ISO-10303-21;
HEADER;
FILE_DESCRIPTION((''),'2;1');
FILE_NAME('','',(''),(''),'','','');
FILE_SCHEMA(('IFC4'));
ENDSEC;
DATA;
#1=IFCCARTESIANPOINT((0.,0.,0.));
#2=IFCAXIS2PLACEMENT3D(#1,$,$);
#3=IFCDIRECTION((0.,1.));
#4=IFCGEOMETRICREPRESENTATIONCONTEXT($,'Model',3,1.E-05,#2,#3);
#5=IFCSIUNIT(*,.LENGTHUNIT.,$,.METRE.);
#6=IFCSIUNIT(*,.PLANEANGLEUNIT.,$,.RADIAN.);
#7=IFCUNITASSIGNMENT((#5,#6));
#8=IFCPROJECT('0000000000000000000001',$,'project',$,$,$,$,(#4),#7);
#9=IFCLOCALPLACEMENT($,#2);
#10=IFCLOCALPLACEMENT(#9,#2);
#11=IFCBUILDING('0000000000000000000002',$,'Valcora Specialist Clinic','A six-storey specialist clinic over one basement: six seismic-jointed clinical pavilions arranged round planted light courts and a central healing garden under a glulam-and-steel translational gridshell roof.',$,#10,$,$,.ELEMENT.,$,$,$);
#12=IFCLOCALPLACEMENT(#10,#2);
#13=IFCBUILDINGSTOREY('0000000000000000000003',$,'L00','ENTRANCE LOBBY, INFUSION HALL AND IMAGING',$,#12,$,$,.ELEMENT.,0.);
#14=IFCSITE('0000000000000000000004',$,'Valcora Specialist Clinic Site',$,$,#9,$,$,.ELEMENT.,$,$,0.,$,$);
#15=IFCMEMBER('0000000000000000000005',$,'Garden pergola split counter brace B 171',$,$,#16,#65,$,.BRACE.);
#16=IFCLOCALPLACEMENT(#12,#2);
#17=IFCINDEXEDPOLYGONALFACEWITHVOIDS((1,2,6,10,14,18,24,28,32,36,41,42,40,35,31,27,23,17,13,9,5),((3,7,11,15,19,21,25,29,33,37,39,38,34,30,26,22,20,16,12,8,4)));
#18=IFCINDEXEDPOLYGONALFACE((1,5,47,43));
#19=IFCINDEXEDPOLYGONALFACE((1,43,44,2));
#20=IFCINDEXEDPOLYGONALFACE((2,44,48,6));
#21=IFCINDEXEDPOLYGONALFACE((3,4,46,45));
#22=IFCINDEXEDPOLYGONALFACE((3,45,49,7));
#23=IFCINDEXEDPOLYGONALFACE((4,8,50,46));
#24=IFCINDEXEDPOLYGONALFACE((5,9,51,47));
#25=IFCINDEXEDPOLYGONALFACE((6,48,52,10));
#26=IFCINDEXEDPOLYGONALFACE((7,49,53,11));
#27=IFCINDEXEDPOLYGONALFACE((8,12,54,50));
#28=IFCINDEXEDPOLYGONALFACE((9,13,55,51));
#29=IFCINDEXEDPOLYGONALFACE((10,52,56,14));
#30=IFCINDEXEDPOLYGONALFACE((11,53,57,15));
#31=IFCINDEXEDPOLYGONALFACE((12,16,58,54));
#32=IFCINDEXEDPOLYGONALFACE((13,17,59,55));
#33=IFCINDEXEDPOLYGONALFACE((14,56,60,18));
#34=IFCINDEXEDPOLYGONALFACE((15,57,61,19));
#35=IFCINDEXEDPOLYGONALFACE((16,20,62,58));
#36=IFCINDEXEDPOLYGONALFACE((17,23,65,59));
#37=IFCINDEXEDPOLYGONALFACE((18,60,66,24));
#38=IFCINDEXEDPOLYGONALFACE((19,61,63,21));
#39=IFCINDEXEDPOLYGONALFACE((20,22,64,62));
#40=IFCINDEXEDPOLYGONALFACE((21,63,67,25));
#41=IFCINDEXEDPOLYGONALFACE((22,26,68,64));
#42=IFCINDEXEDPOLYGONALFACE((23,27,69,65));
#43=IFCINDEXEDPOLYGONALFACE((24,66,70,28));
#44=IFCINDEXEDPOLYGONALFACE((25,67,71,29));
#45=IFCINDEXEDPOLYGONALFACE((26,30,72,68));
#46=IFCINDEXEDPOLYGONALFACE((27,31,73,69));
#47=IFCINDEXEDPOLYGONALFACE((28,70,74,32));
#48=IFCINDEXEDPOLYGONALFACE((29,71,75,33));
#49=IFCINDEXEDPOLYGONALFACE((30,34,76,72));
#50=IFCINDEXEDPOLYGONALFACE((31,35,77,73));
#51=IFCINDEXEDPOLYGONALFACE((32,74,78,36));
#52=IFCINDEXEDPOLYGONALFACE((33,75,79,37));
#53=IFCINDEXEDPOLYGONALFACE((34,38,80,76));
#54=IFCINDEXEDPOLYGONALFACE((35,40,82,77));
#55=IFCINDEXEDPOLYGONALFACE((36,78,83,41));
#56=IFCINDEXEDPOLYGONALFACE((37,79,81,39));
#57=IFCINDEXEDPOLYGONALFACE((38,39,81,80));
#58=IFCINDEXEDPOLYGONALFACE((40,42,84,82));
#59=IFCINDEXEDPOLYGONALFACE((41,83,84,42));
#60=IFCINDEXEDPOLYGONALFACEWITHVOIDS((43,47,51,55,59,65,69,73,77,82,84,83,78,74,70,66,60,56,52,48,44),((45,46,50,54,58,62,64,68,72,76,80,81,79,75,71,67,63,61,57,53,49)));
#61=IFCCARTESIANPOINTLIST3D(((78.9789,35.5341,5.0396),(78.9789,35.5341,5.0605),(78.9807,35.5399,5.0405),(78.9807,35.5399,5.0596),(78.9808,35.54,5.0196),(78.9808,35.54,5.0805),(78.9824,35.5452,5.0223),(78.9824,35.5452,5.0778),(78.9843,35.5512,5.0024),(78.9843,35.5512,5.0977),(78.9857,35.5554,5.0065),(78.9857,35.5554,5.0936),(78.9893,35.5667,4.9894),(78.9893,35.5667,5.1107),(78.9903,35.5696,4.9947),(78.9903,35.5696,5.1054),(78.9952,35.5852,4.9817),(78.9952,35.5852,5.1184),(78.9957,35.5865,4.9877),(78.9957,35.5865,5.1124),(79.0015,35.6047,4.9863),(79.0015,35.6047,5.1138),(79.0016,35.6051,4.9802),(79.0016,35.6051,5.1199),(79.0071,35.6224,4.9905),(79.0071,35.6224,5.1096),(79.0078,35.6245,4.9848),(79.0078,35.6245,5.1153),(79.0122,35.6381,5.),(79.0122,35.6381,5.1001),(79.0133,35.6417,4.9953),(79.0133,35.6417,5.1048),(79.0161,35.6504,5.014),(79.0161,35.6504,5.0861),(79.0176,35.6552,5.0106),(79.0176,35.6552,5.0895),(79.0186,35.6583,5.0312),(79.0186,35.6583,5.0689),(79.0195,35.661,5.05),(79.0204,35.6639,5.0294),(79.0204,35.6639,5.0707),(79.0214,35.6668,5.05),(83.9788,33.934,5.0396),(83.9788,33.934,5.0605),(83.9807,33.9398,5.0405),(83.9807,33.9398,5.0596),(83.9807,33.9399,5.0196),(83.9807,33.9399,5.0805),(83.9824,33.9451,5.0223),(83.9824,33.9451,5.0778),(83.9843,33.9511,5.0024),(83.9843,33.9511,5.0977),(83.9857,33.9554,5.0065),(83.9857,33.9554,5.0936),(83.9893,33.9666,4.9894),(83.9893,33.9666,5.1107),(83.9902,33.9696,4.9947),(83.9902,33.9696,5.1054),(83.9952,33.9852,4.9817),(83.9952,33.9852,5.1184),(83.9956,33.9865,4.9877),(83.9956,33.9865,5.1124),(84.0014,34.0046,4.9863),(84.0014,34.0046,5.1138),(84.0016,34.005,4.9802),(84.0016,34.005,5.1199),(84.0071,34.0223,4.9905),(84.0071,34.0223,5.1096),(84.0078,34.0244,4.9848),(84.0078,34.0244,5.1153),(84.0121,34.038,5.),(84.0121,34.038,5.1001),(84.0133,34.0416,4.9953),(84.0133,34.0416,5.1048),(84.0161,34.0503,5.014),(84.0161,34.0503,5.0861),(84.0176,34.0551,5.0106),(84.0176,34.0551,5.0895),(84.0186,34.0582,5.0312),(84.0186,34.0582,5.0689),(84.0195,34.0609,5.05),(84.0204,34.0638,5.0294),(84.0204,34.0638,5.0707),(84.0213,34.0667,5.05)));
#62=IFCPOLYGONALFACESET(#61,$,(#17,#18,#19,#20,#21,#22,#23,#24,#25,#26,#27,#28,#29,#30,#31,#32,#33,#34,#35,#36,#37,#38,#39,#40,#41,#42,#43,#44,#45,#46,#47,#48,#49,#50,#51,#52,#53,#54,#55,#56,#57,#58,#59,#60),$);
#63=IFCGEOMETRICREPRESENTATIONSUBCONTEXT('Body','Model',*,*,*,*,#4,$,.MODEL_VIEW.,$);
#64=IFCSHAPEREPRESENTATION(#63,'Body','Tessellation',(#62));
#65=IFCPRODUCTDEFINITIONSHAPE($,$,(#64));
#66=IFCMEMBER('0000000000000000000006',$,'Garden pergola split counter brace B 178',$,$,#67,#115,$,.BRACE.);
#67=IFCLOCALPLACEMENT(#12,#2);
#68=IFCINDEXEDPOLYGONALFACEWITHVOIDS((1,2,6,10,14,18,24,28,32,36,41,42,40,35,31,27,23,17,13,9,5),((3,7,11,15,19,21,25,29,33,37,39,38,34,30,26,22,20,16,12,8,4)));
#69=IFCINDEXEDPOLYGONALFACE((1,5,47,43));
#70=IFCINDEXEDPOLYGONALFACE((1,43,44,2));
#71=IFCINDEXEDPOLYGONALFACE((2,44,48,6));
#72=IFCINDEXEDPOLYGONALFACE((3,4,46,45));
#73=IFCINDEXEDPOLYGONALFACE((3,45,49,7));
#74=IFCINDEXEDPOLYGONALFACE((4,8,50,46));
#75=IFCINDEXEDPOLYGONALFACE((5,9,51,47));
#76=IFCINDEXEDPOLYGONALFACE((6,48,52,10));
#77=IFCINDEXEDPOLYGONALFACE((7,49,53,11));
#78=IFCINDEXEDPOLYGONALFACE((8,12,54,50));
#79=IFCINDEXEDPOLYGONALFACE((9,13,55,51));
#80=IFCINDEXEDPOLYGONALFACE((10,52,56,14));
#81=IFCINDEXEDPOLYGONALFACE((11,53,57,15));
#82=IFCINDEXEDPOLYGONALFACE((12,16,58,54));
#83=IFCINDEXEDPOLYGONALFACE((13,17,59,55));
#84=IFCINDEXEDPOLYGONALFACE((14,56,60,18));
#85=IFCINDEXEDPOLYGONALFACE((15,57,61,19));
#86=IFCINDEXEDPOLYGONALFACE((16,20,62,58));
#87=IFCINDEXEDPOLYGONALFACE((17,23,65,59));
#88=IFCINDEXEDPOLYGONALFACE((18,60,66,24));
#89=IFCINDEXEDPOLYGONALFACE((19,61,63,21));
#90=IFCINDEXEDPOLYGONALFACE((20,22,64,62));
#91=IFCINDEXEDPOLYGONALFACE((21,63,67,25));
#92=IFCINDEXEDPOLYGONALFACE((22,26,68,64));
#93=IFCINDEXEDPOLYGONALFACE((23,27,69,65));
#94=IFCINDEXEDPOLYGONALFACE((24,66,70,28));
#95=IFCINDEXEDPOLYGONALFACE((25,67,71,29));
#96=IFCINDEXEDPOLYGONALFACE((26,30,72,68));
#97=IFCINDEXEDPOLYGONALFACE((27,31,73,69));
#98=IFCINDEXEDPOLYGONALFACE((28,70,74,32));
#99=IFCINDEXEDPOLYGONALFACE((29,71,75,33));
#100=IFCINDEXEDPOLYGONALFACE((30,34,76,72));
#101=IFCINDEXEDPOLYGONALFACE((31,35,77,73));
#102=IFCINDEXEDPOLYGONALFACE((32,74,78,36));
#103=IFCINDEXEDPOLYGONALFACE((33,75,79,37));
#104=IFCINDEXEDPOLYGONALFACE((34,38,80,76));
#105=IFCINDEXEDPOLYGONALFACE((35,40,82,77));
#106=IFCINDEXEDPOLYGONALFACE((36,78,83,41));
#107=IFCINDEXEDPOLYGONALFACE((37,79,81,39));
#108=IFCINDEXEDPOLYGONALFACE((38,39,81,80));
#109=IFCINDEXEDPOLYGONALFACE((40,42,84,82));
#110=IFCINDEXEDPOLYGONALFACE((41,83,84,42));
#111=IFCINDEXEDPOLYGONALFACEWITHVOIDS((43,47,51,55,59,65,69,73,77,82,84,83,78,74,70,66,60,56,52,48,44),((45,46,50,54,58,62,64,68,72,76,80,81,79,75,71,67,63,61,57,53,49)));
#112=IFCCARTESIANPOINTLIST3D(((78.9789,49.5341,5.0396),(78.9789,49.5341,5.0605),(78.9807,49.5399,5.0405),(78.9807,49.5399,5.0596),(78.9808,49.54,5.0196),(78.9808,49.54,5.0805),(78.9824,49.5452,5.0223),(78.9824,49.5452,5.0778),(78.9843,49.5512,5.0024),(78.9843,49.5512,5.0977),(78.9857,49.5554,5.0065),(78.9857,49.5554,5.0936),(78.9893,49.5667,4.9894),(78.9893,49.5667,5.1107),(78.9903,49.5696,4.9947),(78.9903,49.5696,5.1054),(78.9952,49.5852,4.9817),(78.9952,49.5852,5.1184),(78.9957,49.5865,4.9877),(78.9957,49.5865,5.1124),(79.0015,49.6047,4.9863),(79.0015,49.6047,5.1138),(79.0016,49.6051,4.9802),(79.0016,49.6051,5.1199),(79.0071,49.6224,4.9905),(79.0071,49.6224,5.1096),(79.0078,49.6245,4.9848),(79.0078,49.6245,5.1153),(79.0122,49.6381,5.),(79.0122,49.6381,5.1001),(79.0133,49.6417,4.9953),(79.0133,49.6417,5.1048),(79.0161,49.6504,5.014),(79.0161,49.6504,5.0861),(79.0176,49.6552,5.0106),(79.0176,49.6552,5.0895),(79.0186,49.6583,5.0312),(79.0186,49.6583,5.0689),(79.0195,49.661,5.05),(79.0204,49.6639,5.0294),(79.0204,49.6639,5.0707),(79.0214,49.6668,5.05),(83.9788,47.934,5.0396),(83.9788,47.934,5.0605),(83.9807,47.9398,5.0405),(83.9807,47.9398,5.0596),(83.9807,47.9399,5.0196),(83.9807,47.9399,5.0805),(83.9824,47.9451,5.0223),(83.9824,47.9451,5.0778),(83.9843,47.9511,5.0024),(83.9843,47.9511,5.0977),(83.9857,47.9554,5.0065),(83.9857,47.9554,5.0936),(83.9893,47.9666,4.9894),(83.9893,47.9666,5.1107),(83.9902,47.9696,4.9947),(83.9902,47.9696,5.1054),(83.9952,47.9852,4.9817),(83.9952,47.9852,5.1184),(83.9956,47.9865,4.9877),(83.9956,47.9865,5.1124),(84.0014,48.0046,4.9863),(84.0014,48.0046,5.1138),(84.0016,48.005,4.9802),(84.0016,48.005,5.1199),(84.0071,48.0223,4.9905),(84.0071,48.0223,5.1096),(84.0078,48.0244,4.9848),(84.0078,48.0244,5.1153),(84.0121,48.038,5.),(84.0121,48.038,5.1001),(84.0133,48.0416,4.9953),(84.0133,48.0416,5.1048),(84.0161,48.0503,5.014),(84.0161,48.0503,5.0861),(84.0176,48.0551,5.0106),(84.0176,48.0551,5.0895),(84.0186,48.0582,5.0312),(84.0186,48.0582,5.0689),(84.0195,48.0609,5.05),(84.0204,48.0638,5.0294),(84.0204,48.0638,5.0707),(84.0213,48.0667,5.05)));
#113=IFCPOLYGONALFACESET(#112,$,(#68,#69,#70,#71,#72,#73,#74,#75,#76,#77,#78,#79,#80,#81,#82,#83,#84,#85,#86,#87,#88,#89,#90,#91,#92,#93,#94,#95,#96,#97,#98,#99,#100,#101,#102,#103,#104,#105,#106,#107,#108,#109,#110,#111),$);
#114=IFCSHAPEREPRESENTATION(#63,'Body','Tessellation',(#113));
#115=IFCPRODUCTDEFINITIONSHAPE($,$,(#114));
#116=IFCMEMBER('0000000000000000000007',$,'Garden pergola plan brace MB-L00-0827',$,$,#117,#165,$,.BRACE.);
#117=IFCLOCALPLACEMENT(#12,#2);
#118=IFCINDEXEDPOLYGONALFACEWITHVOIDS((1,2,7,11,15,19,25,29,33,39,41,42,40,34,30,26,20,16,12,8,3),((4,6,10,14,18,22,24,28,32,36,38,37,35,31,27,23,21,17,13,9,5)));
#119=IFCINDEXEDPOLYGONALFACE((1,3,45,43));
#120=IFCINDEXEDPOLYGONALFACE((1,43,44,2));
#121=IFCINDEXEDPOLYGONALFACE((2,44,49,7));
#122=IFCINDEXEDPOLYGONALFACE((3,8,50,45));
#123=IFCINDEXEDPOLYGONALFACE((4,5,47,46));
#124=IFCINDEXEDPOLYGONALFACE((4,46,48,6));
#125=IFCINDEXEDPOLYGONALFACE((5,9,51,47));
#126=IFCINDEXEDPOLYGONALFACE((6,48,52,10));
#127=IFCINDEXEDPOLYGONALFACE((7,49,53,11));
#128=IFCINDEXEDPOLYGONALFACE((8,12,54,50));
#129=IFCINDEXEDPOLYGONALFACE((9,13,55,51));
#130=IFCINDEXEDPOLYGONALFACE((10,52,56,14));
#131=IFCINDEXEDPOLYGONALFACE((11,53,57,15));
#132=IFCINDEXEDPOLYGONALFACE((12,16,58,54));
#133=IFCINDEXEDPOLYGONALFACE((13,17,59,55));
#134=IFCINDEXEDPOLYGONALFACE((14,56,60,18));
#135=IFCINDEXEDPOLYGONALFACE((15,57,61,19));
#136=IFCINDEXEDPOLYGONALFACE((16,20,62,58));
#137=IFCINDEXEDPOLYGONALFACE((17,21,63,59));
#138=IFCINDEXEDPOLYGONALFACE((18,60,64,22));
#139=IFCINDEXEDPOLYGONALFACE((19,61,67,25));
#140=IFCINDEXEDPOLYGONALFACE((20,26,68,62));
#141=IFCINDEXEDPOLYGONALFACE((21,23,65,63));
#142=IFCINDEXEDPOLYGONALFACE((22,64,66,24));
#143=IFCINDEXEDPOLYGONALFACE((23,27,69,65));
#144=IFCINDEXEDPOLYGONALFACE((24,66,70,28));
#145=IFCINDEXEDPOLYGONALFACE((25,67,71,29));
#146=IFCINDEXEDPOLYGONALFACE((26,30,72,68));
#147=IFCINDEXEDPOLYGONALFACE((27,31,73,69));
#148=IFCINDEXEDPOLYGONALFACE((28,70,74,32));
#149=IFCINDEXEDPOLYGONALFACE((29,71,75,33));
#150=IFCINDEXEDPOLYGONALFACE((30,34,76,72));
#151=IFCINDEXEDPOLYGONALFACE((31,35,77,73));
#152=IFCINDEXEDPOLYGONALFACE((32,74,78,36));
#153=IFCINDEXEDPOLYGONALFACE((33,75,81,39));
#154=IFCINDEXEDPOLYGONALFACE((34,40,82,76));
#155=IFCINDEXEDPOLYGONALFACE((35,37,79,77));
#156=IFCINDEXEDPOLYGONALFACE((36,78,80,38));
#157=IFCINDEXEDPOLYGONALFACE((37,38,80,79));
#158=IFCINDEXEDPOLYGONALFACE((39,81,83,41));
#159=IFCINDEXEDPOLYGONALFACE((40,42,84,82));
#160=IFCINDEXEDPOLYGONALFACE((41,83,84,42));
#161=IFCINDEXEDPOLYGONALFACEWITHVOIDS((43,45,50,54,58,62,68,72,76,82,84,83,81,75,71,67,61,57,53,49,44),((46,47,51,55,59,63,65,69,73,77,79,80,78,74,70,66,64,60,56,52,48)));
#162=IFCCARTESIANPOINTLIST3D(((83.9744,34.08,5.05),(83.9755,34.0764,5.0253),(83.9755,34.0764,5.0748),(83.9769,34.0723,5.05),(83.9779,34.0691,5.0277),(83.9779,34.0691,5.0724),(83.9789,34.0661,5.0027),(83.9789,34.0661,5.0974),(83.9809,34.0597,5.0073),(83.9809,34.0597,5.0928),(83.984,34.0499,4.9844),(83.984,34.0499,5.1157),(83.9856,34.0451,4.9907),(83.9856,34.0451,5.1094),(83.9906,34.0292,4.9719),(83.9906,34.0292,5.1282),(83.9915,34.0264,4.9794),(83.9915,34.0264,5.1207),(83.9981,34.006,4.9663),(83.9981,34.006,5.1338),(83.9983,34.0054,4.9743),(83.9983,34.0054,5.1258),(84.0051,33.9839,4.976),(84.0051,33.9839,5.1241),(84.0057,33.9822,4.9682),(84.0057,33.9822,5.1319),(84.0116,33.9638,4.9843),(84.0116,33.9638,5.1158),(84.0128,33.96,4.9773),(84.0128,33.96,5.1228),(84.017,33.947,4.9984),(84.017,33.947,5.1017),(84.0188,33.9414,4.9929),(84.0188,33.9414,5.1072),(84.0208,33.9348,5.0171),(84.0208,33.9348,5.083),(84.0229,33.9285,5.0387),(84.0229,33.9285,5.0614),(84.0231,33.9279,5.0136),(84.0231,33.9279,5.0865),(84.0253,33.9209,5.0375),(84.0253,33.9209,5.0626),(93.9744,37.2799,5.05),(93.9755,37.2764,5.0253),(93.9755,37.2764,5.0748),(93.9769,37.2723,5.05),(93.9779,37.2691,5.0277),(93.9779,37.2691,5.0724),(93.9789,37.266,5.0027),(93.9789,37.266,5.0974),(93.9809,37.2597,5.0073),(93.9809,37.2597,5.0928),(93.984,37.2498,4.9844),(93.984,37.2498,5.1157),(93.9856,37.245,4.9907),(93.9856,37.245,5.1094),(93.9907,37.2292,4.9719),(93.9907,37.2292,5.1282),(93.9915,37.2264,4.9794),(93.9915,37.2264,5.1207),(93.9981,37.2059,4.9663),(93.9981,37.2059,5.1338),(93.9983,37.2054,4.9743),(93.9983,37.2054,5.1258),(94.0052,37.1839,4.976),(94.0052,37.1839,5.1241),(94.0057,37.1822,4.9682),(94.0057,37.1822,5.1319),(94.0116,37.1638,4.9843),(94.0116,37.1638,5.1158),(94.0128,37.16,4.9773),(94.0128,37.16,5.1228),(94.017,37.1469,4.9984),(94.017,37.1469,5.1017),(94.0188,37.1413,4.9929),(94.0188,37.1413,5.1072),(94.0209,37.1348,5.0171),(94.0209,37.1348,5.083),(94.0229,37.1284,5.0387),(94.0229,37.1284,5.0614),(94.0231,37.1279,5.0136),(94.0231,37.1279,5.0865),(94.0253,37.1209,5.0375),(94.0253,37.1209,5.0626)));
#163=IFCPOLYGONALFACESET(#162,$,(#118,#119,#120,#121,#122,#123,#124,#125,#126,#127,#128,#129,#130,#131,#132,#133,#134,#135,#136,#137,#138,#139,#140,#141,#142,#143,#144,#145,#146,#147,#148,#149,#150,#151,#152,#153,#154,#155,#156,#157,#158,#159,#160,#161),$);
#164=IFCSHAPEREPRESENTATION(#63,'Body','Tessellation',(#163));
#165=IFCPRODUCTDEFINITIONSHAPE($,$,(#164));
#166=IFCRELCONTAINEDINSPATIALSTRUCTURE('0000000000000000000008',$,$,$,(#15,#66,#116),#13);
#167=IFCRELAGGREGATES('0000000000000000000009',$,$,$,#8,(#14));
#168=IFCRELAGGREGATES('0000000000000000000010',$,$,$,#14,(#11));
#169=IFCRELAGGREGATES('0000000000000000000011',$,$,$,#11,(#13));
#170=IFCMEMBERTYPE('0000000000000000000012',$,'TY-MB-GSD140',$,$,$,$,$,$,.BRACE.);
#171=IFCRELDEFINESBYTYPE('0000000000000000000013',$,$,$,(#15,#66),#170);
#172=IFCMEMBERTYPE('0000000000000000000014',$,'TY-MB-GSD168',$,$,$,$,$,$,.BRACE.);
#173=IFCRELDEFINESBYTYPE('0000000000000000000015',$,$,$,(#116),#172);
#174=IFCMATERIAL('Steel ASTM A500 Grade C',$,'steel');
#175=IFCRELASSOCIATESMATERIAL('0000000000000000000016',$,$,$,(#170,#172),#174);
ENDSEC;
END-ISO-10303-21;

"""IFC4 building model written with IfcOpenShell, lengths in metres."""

from ifc_helpers import new_model, si_unit, direction, frame, origin, origin_2d, place, context, subcontext, project, spatial, hollow_circle, extrude, material, material_profile, profile_set, type_object, element, save


model = new_model("IFC4")

# Units and contexts
model_context = context("Model", 3, precision=1e-05, world=origin(), true_north=direction((0.0, 1.0)))
body_context = subcontext(model_context, "Body", "Model", "MODEL_VIEW")
ifc_project = project(units=[si_unit("LENGTHUNIT", "METRE"), si_unit("PLANEANGLEUNIT", "RADIAN")], contexts=[model_context])

# Site, building, storey
site_placement = place(None, origin())
site = spatial("IfcSite", under=ifc_project, at=site_placement, Name="Valcora Specialist Clinic Site", CompositionType="ELEMENT", RefElevation=0.0)
building_placement = place(site_placement, origin())
building = spatial("IfcBuilding", under=site, at=building_placement, Name="Valcora Specialist Clinic", Description="A six-storey specialist clinic over one basement: six seismic-jointed clinical pavilions arranged round planted light courts and a central healing garden under a glulam-and-steel translational gridshell roof.", CompositionType="ELEMENT")
storey_placement = place(building_placement, origin())
storey = spatial("IfcBuildingStorey", under=building, at=storey_placement, Name="L00", Description="ENTRANCE LOBBY, INFUSION HALL AND IMAGING", CompositionType="ELEMENT", Elevation=0.0)

# Members
ifc_material_1 = material(Name="Steel ASTM A500 Grade C", Category="steel")
ifc_material_profile_1 = material_profile(ifc_material_1, hollow_circle(Radius=0.0701, WallThickness=0.0061, at=origin_2d()), Name="ST-CHS-140X6")
ifc_profile_set_1 = profile_set([ifc_material_profile_1], Name="Steel ASTM A500 Grade C")
member_type_1 = type_object("IfcMemberType", Name="TY-MB-GSD140", PredefinedType="BRACE", material=ifc_profile_set_1)
for number, where, z_axis, x_axis, name in (
    (1, (79.0, 35.6001, 5.05), (0.952419, -0.304793, 0.0), (0.304793, 0.952419, 0.0), "Garden pergola split counter brace B 171"),
    (2, (79.0, 49.6001, 5.05), (0.952419, -0.304793, 0.0), (0.304793, 0.952419, 0.0), "Garden pergola split counter brace B 178"),
):
    element("IfcMember", number, at=place(storey_placement, frame(where, z_axis=z_axis, x_axis=x_axis)), inside=storey, type_object=member_type_1, Name=name, PredefinedType="BRACE", context=body_context, shape_type="SweptSolid", body=[
        extrude(hollow_circle(Radius=0.0701, WallThickness=0.0061, at=origin_2d()), origin(), (0.0, 0.0, 1.0), 5.2498),
    ])
ifc_material_profile_2 = material_profile(ifc_material_1, hollow_circle(Radius=0.084, WallThickness=0.0081, at=origin_2d()), Name="ST-CHS-168X8")
ifc_profile_set_2 = profile_set([ifc_material_profile_2], Name="Steel ASTM A500 Grade C")
member_type_2 = type_object("IfcMemberType", Name="TY-MB-GSD168", PredefinedType="BRACE", material=ifc_profile_set_2)
for number, where, z_axis, x_axis, name in (
    (3, (84.0, 34.0, 5.05), (0.952425, 0.304772, 0.0), (-0.304772, 0.952425, 0.0), "Garden pergola plan brace MB-L00-0827"),
):
    element("IfcMember", number, at=place(storey_placement, frame(where, z_axis=z_axis, x_axis=x_axis)), inside=storey, type_object=member_type_2, Name=name, PredefinedType="BRACE", context=body_context, shape_type="SweptSolid", body=[
        extrude(hollow_circle(Radius=0.084, WallThickness=0.0081, at=origin_2d()), origin(), (0.0, 0.0, 1.0), 10.4995),
    ])

save(model, "model.ifc")
